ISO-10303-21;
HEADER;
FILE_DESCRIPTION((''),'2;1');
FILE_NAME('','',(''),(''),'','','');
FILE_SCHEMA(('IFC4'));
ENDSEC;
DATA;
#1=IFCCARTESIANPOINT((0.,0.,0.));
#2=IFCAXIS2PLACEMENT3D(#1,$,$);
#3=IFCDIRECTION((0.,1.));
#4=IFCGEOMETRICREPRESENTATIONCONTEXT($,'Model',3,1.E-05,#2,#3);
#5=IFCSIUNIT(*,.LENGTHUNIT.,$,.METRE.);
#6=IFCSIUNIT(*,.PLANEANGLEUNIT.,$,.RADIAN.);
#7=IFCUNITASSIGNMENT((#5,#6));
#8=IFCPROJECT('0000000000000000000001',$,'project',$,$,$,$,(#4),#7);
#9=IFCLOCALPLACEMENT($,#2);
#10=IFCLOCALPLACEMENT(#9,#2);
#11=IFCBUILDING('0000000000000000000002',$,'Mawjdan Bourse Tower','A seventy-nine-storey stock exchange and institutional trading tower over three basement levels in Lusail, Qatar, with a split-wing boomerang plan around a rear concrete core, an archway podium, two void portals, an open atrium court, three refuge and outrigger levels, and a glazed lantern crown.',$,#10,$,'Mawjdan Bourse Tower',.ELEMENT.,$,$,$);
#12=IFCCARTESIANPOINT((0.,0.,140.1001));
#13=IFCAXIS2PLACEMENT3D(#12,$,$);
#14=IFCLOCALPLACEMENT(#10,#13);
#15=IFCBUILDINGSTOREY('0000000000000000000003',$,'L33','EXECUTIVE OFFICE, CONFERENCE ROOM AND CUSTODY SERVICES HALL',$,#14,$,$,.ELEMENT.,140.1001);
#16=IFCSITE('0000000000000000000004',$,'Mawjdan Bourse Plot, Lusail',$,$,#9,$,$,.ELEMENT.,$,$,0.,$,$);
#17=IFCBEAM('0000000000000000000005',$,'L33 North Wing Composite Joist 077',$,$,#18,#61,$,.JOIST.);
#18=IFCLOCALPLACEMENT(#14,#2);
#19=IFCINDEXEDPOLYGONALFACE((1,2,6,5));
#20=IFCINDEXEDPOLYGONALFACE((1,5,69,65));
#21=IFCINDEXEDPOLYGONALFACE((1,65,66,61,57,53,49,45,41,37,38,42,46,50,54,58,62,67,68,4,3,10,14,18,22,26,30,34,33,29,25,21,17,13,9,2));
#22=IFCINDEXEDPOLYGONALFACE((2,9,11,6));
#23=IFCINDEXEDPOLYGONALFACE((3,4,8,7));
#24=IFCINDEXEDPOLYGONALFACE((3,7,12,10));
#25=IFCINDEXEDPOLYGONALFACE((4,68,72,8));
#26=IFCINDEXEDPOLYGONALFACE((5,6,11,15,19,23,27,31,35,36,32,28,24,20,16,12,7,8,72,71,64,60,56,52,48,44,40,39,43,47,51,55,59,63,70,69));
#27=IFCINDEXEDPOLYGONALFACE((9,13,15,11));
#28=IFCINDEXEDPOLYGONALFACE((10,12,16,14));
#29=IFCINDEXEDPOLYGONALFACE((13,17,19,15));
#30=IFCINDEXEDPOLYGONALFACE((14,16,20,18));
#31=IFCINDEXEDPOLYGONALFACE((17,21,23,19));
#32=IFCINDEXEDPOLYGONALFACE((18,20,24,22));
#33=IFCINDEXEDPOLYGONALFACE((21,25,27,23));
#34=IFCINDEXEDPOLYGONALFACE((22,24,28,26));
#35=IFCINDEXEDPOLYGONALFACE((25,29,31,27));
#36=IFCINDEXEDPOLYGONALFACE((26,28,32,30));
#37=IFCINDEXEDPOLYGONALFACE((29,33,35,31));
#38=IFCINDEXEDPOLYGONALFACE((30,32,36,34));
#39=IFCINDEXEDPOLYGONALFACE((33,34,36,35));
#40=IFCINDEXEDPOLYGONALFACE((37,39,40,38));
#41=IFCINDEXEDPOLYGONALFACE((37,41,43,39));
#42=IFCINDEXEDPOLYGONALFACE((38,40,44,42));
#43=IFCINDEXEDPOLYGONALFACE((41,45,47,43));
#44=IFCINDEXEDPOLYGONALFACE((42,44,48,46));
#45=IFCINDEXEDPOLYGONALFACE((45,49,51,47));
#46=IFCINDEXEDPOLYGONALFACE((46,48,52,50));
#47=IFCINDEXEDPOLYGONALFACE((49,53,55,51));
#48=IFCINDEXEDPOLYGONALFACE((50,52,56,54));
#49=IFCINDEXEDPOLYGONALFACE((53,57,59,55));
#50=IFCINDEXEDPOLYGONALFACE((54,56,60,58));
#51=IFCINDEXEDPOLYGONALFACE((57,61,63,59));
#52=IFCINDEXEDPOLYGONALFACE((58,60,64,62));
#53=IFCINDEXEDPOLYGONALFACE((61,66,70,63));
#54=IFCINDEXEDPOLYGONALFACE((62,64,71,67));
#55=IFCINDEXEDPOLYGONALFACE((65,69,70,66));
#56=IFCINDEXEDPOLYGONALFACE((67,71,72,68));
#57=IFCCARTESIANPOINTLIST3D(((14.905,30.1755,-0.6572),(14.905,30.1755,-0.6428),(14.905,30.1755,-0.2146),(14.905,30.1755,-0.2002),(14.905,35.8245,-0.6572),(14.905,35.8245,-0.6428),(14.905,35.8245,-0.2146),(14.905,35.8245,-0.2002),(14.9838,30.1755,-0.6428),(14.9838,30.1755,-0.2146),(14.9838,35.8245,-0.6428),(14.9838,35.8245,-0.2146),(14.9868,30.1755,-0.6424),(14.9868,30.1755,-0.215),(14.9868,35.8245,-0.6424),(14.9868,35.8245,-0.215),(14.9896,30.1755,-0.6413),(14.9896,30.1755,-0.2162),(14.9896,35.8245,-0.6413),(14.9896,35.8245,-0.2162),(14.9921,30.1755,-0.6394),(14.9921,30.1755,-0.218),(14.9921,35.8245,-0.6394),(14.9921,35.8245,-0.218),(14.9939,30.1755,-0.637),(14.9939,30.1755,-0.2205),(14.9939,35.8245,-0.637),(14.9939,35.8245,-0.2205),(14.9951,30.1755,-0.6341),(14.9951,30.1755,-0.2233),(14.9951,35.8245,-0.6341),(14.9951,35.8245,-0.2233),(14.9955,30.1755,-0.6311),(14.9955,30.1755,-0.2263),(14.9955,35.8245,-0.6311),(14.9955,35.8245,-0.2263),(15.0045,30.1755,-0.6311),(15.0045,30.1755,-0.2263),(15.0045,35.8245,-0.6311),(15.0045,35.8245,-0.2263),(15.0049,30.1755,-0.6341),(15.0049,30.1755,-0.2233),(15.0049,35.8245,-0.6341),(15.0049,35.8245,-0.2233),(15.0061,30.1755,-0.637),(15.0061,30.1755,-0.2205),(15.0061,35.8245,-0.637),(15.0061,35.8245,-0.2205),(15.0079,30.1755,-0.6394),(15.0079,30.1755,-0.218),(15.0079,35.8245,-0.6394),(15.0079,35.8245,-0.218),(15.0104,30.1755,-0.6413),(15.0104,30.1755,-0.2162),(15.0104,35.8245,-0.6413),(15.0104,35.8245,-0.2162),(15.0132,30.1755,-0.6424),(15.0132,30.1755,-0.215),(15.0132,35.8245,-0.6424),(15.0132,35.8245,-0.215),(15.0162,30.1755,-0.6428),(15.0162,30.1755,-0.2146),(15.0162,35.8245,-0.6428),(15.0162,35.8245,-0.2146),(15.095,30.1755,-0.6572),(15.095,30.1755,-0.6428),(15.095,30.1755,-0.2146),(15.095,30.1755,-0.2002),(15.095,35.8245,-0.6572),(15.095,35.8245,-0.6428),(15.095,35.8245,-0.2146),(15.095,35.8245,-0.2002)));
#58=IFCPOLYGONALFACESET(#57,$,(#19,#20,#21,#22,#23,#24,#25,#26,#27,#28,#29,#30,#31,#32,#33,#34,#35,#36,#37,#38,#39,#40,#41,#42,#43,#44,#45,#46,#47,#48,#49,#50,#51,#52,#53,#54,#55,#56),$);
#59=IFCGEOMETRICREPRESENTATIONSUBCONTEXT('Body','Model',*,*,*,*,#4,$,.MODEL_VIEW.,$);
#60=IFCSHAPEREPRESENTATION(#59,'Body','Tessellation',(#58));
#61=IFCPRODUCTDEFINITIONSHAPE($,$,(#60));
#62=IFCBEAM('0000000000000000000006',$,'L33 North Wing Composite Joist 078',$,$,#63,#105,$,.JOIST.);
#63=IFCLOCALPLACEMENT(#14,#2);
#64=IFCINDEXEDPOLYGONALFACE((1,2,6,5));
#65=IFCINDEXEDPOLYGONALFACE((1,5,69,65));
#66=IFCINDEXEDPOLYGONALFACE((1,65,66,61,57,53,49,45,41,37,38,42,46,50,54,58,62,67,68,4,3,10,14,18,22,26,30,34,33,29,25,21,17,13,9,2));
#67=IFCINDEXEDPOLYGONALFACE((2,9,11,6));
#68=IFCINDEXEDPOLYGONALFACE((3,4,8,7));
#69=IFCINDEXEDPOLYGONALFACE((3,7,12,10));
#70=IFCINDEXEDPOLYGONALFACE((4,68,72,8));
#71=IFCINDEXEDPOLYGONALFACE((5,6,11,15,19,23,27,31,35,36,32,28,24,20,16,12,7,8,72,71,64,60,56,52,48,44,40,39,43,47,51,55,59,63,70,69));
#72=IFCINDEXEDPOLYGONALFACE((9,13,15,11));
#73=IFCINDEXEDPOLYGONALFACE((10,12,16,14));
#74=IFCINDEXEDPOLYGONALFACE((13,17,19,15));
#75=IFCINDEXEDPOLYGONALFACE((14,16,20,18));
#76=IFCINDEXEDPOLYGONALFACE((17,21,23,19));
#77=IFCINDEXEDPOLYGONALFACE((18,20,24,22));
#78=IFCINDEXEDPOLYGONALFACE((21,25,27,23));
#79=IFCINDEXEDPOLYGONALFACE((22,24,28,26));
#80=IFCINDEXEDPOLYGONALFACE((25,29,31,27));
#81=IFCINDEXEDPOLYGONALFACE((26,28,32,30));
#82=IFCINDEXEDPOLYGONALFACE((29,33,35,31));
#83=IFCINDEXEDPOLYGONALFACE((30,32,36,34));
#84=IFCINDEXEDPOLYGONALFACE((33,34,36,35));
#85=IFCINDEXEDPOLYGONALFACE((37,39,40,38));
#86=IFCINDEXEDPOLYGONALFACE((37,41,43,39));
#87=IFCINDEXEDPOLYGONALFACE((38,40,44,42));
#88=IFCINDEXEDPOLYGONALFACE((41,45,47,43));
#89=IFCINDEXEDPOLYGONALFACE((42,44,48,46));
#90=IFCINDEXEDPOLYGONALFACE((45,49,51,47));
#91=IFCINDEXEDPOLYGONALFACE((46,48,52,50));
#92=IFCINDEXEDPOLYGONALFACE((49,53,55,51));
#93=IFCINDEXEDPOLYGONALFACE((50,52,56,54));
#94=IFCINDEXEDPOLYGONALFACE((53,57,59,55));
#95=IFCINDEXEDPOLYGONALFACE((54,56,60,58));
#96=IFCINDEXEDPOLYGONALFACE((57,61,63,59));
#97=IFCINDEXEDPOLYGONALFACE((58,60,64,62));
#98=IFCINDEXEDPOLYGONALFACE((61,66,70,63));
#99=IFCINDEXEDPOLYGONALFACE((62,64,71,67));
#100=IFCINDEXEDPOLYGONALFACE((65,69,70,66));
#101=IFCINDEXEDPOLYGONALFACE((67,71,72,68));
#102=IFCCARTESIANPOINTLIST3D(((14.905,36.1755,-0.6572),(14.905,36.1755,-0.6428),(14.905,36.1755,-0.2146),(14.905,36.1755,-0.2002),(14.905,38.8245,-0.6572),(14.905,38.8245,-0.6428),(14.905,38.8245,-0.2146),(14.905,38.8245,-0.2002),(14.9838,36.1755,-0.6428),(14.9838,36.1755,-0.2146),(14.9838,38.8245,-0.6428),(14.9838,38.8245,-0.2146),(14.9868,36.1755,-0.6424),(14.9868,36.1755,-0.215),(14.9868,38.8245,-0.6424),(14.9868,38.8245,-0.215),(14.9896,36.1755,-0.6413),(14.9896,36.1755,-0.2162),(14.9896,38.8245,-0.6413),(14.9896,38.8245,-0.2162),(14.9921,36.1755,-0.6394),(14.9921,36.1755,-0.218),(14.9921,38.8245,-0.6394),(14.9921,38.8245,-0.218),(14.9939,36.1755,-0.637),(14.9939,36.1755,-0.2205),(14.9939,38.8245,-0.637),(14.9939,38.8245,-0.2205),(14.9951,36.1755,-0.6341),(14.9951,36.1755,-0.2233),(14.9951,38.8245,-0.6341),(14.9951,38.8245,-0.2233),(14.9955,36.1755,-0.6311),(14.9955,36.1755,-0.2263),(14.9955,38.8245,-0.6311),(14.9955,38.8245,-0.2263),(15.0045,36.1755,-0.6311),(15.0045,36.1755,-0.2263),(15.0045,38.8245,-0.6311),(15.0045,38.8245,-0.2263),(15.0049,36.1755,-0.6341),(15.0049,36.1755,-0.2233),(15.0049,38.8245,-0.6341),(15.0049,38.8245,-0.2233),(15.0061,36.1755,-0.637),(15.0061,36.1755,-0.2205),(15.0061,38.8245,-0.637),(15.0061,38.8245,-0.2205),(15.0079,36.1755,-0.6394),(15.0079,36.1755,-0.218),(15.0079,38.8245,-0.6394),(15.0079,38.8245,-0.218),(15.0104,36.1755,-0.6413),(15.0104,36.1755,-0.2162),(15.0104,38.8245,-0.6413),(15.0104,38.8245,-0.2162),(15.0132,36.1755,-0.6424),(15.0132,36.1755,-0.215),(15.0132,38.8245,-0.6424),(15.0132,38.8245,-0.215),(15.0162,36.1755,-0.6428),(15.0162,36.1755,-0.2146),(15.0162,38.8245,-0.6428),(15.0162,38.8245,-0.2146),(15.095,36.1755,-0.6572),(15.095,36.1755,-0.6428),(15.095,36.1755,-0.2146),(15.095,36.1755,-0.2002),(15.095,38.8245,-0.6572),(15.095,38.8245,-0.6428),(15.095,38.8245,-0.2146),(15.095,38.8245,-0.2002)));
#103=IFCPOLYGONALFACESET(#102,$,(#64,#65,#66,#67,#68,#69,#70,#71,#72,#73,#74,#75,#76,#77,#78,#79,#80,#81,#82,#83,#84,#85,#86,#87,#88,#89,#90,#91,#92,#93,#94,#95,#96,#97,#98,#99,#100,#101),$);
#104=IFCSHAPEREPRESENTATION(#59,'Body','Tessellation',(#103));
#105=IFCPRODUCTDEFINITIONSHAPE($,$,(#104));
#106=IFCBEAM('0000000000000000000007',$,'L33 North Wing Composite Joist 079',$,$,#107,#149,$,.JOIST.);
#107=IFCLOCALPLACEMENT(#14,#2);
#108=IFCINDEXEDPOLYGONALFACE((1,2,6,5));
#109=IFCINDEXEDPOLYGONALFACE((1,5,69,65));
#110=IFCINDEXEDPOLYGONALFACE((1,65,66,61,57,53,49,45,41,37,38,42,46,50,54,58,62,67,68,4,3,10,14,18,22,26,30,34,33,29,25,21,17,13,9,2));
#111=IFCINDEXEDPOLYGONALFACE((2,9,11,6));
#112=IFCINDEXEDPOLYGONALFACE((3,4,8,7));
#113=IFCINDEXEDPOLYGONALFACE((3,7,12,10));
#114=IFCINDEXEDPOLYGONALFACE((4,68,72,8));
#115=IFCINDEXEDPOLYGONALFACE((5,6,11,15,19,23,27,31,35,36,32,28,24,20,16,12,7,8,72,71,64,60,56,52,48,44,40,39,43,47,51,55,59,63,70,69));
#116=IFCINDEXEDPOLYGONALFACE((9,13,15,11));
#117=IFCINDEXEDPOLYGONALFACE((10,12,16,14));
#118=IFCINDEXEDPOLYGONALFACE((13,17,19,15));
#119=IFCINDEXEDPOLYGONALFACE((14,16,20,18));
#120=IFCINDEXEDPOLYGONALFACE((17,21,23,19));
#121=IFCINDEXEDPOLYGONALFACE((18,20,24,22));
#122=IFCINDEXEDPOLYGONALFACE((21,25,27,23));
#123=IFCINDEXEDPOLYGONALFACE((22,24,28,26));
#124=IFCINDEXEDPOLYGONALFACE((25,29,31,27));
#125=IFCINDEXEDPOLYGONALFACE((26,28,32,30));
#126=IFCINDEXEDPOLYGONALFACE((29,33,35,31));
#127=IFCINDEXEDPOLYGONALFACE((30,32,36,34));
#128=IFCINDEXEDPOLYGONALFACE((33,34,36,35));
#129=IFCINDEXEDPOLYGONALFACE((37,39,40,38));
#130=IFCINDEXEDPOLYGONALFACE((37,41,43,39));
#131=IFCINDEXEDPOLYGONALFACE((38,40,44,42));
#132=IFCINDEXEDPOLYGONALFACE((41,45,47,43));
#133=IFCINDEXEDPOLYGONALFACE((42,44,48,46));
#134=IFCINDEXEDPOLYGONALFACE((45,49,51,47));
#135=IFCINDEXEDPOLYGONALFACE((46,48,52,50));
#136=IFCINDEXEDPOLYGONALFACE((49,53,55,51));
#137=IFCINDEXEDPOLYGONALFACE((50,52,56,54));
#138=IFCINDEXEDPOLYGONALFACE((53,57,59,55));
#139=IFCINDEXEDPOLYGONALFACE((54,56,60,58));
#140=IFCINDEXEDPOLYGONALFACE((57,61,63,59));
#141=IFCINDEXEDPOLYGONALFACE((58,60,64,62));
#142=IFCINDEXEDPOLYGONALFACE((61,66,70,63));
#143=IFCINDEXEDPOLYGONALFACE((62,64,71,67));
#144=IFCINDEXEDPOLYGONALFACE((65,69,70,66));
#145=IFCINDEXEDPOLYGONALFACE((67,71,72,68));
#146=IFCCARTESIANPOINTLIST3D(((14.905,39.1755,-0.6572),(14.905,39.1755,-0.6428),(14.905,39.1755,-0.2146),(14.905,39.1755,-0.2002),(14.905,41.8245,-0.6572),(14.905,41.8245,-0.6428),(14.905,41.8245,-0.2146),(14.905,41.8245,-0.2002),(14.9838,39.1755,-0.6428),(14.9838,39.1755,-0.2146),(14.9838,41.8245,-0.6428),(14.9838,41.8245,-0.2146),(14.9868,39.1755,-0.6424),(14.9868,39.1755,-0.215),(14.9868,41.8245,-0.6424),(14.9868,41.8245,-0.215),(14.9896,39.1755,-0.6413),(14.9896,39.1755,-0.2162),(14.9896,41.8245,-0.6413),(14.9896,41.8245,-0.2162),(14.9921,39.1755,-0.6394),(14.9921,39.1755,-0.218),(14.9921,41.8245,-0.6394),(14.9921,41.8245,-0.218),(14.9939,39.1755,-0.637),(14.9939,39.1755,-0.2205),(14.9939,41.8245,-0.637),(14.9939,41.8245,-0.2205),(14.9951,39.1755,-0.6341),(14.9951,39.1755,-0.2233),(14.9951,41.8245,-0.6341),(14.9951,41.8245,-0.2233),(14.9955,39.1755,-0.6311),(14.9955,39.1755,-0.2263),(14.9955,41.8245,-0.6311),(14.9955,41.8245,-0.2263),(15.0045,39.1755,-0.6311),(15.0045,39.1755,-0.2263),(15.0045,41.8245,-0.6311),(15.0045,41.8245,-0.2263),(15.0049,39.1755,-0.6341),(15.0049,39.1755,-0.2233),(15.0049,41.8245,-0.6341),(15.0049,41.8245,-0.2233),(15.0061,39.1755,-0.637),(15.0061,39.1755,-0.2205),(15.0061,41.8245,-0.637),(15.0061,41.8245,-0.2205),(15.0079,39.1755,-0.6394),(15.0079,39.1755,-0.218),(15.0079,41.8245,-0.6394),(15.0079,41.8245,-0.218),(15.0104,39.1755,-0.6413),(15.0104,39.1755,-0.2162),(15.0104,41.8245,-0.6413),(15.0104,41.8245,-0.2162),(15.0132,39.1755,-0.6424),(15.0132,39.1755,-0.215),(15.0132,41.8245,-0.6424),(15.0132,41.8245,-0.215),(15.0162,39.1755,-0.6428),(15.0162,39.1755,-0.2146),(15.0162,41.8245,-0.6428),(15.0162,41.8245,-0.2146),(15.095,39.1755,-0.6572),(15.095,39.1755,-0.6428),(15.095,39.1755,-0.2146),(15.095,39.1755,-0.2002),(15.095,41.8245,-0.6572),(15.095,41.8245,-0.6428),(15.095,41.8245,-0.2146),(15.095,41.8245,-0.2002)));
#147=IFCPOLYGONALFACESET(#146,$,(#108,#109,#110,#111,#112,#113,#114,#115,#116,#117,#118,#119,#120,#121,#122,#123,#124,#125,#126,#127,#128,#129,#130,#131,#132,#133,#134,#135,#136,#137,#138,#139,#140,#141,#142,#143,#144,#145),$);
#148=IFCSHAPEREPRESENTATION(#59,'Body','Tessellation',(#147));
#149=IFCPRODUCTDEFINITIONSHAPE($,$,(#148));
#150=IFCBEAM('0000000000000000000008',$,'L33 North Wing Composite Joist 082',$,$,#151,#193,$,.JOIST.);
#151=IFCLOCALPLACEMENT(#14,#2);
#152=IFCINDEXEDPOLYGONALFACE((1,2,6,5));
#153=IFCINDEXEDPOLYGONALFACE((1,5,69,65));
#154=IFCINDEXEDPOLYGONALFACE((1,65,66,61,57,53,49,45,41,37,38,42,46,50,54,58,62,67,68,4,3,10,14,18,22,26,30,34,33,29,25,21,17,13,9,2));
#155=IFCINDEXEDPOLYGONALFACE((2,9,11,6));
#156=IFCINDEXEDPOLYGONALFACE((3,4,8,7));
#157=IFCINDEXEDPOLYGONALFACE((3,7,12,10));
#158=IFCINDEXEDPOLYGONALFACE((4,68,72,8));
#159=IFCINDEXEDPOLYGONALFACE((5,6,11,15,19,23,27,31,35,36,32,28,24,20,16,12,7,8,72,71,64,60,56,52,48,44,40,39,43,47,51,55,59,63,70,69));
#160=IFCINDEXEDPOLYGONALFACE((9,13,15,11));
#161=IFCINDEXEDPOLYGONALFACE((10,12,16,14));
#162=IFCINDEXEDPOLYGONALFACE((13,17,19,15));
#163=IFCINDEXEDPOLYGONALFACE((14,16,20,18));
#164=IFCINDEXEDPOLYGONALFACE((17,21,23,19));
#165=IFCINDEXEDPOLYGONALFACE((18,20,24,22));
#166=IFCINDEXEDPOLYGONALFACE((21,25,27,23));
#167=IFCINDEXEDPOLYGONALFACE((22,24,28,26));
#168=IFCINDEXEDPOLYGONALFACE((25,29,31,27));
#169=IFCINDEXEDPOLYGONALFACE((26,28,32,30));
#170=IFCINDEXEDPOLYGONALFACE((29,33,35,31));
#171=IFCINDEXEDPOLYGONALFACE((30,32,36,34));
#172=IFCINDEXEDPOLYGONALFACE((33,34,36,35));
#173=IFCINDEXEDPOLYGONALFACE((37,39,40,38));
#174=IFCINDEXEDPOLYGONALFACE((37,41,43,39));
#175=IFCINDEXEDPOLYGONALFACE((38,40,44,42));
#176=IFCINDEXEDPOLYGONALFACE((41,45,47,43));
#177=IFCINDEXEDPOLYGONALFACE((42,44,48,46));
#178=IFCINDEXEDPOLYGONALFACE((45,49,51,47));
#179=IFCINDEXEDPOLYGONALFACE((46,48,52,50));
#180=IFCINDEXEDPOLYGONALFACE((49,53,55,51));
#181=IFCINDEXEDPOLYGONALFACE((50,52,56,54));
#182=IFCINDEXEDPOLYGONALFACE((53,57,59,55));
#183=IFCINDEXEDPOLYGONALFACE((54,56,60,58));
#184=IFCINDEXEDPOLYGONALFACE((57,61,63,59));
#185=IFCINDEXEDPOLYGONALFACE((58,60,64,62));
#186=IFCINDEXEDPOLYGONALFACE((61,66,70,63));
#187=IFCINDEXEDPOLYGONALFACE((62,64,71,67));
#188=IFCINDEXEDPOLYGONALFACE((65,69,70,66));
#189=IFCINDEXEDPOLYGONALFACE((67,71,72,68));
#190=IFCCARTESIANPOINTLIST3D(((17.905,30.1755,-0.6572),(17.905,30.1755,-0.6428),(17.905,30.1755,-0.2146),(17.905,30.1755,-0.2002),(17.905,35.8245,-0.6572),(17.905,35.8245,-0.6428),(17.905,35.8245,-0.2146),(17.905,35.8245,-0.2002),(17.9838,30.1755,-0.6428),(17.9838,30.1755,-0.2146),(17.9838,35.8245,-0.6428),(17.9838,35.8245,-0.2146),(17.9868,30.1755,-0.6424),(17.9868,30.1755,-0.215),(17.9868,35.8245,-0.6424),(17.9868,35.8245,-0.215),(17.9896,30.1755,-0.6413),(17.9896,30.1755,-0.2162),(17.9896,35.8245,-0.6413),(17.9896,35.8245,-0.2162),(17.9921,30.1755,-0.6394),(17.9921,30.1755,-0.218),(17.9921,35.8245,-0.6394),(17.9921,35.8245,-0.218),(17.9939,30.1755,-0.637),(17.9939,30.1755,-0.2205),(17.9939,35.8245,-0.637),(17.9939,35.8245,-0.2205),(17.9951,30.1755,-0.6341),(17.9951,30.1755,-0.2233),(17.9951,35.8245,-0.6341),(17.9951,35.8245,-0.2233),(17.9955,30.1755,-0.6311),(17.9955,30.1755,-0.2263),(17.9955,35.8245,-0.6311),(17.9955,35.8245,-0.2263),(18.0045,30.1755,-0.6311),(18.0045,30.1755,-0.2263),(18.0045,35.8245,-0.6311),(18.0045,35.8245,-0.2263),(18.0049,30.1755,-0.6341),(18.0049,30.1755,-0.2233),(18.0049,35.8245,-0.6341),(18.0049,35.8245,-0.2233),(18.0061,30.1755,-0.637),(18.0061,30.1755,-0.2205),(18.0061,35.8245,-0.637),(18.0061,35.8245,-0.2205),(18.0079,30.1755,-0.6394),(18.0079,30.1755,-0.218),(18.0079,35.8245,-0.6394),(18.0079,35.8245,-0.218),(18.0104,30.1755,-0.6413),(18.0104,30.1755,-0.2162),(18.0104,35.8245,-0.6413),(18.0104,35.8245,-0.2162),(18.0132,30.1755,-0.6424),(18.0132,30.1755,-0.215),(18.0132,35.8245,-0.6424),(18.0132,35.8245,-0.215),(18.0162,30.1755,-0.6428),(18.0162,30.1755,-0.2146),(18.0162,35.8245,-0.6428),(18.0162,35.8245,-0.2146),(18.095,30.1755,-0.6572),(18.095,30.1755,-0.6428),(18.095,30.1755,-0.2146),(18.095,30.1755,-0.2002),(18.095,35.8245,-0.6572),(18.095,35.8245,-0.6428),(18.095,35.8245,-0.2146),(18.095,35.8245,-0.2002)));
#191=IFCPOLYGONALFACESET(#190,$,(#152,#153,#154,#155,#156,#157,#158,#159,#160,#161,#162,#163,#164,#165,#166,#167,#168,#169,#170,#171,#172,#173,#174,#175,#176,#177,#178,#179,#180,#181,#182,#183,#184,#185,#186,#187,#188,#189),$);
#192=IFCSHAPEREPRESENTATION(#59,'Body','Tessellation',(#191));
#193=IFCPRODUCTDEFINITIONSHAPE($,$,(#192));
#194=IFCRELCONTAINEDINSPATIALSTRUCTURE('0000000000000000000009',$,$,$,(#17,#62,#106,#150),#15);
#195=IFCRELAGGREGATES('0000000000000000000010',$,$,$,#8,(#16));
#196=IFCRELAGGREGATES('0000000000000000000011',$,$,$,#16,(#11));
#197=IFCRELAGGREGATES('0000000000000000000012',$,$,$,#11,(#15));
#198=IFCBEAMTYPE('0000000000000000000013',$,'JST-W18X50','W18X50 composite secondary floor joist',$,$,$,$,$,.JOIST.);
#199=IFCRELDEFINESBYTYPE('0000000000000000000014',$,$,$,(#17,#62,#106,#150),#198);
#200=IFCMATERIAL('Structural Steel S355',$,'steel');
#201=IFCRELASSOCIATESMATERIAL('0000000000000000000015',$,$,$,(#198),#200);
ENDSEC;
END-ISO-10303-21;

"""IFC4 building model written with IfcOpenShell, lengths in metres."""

from ifc_helpers import new_model, si_unit, direction, frame, origin, origin_2d, place, context, subcontext, project, spatial, i_section, extrude, material, material_profile, profile_set, type_object, element, save


model = new_model("IFC4")

# Units and contexts
model_context = context("Model", 3, precision=1e-05, world=origin(), true_north=direction((0.0, 1.0)))
body_context = subcontext(model_context, "Body", "Model", "MODEL_VIEW")
ifc_project = project(units=[si_unit("LENGTHUNIT", "METRE"), si_unit("PLANEANGLEUNIT", "RADIAN")], contexts=[model_context])

# Site, building, storey
site_placement = place(None, origin())
site = spatial("IfcSite", under=ifc_project, at=site_placement, Name="Mawjdan Bourse Plot, Lusail", CompositionType="ELEMENT", RefElevation=0.0)
building_placement = place(site_placement, origin())
building = spatial("IfcBuilding", under=site, at=building_placement, Name="Mawjdan Bourse Tower", Description="A seventy-nine-storey stock exchange and institutional trading tower over three basement levels in Lusail, Qatar, with a split-wing boomerang plan around a rear concrete core, an archway podium, two void portals, an open atrium court, three refuge and outrigger levels, and a glazed lantern crown.", LongName="Mawjdan Bourse Tower", CompositionType="ELEMENT")
storey_placement = place(building_placement, frame((0.0, 0.0, 140.1001)))
storey = spatial("IfcBuildingStorey", under=building, at=storey_placement, Name="L33", Description="EXECUTIVE OFFICE, CONFERENCE ROOM AND CUSTODY SERVICES HALL", CompositionType="ELEMENT", Elevation=140.1001)

# Beams
ifc_material_1 = material(Name="Structural Steel S355", Category="steel")
ifc_material_profile_1 = material_profile(ifc_material_1, i_section(OverallWidth=0.1899, OverallDepth=0.457, WebThickness=0.009, FlangeThickness=0.0144, FilletRadius=0.0117, at=origin_2d()), Name="W18X50")
ifc_profile_set_1 = profile_set([ifc_material_profile_1], Name="Structural Steel S355")
beam_type_1 = type_object("IfcBeamType", Name="JST-W18X50", Description="W18X50 composite secondary floor joist", PredefinedType="JOIST", material=ifc_profile_set_1)
beam_1_placement = place(storey_placement, frame((15.0, 30.1755, -0.4287), z_axis=(0.0, 1.0, 0.0), x_axis=(-1.0, 0.0, 0.0)))
element("IfcBeam", 1, at=beam_1_placement, inside=storey, type_object=beam_type_1, Name="L33 North Wing Composite Joist 077", PredefinedType="JOIST", context=body_context, shape_type="SweptSolid", body=[
    extrude(i_section(OverallWidth=0.1899, OverallDepth=0.457, WebThickness=0.009, FlangeThickness=0.0144, FilletRadius=0.0117, at=origin_2d()), origin(), (0.0, 0.0, 1.0), 5.6489),
])
for number, where, z_axis, x_axis, name in (
    (2, (15.0, 36.1755, -0.4287), (0.0, 1.0, 0.0), (-1.0, 0.0, 0.0), "L33 North Wing Composite Joist 078"),
    (3, (15.0, 39.1755, -0.4287), (0.0, 1.0, 0.0), (-1.0, 0.0, 0.0), "L33 North Wing Composite Joist 079"),
):
    element("IfcBeam", number, at=place(storey_placement, frame(where, z_axis=z_axis, x_axis=x_axis)), inside=storey, type_object=beam_type_1, Name=name, PredefinedType="JOIST", context=body_context, shape_type="SweptSolid", body=[
        extrude(i_section(OverallWidth=0.1899, OverallDepth=0.457, WebThickness=0.009, FlangeThickness=0.0144, FilletRadius=0.0117, at=origin_2d()), origin(), (0.0, 0.0, 1.0), 2.6489),
    ])
beam_2_placement = place(storey_placement, frame((18.0, 30.1755, -0.4287), z_axis=(0.0, 1.0, 0.0), x_axis=(-1.0, 0.0, 0.0)))
element("IfcBeam", 4, at=beam_2_placement, inside=storey, type_object=beam_type_1, Name="L33 North Wing Composite Joist 082", PredefinedType="JOIST", context=body_context, shape_type="SweptSolid", body=[
    extrude(i_section(OverallWidth=0.1899, OverallDepth=0.457, WebThickness=0.009, FlangeThickness=0.0144, FilletRadius=0.0117, at=origin_2d()), origin(), (0.0, 0.0, 1.0), 5.6489),
])

save(model, "model.ifc")
